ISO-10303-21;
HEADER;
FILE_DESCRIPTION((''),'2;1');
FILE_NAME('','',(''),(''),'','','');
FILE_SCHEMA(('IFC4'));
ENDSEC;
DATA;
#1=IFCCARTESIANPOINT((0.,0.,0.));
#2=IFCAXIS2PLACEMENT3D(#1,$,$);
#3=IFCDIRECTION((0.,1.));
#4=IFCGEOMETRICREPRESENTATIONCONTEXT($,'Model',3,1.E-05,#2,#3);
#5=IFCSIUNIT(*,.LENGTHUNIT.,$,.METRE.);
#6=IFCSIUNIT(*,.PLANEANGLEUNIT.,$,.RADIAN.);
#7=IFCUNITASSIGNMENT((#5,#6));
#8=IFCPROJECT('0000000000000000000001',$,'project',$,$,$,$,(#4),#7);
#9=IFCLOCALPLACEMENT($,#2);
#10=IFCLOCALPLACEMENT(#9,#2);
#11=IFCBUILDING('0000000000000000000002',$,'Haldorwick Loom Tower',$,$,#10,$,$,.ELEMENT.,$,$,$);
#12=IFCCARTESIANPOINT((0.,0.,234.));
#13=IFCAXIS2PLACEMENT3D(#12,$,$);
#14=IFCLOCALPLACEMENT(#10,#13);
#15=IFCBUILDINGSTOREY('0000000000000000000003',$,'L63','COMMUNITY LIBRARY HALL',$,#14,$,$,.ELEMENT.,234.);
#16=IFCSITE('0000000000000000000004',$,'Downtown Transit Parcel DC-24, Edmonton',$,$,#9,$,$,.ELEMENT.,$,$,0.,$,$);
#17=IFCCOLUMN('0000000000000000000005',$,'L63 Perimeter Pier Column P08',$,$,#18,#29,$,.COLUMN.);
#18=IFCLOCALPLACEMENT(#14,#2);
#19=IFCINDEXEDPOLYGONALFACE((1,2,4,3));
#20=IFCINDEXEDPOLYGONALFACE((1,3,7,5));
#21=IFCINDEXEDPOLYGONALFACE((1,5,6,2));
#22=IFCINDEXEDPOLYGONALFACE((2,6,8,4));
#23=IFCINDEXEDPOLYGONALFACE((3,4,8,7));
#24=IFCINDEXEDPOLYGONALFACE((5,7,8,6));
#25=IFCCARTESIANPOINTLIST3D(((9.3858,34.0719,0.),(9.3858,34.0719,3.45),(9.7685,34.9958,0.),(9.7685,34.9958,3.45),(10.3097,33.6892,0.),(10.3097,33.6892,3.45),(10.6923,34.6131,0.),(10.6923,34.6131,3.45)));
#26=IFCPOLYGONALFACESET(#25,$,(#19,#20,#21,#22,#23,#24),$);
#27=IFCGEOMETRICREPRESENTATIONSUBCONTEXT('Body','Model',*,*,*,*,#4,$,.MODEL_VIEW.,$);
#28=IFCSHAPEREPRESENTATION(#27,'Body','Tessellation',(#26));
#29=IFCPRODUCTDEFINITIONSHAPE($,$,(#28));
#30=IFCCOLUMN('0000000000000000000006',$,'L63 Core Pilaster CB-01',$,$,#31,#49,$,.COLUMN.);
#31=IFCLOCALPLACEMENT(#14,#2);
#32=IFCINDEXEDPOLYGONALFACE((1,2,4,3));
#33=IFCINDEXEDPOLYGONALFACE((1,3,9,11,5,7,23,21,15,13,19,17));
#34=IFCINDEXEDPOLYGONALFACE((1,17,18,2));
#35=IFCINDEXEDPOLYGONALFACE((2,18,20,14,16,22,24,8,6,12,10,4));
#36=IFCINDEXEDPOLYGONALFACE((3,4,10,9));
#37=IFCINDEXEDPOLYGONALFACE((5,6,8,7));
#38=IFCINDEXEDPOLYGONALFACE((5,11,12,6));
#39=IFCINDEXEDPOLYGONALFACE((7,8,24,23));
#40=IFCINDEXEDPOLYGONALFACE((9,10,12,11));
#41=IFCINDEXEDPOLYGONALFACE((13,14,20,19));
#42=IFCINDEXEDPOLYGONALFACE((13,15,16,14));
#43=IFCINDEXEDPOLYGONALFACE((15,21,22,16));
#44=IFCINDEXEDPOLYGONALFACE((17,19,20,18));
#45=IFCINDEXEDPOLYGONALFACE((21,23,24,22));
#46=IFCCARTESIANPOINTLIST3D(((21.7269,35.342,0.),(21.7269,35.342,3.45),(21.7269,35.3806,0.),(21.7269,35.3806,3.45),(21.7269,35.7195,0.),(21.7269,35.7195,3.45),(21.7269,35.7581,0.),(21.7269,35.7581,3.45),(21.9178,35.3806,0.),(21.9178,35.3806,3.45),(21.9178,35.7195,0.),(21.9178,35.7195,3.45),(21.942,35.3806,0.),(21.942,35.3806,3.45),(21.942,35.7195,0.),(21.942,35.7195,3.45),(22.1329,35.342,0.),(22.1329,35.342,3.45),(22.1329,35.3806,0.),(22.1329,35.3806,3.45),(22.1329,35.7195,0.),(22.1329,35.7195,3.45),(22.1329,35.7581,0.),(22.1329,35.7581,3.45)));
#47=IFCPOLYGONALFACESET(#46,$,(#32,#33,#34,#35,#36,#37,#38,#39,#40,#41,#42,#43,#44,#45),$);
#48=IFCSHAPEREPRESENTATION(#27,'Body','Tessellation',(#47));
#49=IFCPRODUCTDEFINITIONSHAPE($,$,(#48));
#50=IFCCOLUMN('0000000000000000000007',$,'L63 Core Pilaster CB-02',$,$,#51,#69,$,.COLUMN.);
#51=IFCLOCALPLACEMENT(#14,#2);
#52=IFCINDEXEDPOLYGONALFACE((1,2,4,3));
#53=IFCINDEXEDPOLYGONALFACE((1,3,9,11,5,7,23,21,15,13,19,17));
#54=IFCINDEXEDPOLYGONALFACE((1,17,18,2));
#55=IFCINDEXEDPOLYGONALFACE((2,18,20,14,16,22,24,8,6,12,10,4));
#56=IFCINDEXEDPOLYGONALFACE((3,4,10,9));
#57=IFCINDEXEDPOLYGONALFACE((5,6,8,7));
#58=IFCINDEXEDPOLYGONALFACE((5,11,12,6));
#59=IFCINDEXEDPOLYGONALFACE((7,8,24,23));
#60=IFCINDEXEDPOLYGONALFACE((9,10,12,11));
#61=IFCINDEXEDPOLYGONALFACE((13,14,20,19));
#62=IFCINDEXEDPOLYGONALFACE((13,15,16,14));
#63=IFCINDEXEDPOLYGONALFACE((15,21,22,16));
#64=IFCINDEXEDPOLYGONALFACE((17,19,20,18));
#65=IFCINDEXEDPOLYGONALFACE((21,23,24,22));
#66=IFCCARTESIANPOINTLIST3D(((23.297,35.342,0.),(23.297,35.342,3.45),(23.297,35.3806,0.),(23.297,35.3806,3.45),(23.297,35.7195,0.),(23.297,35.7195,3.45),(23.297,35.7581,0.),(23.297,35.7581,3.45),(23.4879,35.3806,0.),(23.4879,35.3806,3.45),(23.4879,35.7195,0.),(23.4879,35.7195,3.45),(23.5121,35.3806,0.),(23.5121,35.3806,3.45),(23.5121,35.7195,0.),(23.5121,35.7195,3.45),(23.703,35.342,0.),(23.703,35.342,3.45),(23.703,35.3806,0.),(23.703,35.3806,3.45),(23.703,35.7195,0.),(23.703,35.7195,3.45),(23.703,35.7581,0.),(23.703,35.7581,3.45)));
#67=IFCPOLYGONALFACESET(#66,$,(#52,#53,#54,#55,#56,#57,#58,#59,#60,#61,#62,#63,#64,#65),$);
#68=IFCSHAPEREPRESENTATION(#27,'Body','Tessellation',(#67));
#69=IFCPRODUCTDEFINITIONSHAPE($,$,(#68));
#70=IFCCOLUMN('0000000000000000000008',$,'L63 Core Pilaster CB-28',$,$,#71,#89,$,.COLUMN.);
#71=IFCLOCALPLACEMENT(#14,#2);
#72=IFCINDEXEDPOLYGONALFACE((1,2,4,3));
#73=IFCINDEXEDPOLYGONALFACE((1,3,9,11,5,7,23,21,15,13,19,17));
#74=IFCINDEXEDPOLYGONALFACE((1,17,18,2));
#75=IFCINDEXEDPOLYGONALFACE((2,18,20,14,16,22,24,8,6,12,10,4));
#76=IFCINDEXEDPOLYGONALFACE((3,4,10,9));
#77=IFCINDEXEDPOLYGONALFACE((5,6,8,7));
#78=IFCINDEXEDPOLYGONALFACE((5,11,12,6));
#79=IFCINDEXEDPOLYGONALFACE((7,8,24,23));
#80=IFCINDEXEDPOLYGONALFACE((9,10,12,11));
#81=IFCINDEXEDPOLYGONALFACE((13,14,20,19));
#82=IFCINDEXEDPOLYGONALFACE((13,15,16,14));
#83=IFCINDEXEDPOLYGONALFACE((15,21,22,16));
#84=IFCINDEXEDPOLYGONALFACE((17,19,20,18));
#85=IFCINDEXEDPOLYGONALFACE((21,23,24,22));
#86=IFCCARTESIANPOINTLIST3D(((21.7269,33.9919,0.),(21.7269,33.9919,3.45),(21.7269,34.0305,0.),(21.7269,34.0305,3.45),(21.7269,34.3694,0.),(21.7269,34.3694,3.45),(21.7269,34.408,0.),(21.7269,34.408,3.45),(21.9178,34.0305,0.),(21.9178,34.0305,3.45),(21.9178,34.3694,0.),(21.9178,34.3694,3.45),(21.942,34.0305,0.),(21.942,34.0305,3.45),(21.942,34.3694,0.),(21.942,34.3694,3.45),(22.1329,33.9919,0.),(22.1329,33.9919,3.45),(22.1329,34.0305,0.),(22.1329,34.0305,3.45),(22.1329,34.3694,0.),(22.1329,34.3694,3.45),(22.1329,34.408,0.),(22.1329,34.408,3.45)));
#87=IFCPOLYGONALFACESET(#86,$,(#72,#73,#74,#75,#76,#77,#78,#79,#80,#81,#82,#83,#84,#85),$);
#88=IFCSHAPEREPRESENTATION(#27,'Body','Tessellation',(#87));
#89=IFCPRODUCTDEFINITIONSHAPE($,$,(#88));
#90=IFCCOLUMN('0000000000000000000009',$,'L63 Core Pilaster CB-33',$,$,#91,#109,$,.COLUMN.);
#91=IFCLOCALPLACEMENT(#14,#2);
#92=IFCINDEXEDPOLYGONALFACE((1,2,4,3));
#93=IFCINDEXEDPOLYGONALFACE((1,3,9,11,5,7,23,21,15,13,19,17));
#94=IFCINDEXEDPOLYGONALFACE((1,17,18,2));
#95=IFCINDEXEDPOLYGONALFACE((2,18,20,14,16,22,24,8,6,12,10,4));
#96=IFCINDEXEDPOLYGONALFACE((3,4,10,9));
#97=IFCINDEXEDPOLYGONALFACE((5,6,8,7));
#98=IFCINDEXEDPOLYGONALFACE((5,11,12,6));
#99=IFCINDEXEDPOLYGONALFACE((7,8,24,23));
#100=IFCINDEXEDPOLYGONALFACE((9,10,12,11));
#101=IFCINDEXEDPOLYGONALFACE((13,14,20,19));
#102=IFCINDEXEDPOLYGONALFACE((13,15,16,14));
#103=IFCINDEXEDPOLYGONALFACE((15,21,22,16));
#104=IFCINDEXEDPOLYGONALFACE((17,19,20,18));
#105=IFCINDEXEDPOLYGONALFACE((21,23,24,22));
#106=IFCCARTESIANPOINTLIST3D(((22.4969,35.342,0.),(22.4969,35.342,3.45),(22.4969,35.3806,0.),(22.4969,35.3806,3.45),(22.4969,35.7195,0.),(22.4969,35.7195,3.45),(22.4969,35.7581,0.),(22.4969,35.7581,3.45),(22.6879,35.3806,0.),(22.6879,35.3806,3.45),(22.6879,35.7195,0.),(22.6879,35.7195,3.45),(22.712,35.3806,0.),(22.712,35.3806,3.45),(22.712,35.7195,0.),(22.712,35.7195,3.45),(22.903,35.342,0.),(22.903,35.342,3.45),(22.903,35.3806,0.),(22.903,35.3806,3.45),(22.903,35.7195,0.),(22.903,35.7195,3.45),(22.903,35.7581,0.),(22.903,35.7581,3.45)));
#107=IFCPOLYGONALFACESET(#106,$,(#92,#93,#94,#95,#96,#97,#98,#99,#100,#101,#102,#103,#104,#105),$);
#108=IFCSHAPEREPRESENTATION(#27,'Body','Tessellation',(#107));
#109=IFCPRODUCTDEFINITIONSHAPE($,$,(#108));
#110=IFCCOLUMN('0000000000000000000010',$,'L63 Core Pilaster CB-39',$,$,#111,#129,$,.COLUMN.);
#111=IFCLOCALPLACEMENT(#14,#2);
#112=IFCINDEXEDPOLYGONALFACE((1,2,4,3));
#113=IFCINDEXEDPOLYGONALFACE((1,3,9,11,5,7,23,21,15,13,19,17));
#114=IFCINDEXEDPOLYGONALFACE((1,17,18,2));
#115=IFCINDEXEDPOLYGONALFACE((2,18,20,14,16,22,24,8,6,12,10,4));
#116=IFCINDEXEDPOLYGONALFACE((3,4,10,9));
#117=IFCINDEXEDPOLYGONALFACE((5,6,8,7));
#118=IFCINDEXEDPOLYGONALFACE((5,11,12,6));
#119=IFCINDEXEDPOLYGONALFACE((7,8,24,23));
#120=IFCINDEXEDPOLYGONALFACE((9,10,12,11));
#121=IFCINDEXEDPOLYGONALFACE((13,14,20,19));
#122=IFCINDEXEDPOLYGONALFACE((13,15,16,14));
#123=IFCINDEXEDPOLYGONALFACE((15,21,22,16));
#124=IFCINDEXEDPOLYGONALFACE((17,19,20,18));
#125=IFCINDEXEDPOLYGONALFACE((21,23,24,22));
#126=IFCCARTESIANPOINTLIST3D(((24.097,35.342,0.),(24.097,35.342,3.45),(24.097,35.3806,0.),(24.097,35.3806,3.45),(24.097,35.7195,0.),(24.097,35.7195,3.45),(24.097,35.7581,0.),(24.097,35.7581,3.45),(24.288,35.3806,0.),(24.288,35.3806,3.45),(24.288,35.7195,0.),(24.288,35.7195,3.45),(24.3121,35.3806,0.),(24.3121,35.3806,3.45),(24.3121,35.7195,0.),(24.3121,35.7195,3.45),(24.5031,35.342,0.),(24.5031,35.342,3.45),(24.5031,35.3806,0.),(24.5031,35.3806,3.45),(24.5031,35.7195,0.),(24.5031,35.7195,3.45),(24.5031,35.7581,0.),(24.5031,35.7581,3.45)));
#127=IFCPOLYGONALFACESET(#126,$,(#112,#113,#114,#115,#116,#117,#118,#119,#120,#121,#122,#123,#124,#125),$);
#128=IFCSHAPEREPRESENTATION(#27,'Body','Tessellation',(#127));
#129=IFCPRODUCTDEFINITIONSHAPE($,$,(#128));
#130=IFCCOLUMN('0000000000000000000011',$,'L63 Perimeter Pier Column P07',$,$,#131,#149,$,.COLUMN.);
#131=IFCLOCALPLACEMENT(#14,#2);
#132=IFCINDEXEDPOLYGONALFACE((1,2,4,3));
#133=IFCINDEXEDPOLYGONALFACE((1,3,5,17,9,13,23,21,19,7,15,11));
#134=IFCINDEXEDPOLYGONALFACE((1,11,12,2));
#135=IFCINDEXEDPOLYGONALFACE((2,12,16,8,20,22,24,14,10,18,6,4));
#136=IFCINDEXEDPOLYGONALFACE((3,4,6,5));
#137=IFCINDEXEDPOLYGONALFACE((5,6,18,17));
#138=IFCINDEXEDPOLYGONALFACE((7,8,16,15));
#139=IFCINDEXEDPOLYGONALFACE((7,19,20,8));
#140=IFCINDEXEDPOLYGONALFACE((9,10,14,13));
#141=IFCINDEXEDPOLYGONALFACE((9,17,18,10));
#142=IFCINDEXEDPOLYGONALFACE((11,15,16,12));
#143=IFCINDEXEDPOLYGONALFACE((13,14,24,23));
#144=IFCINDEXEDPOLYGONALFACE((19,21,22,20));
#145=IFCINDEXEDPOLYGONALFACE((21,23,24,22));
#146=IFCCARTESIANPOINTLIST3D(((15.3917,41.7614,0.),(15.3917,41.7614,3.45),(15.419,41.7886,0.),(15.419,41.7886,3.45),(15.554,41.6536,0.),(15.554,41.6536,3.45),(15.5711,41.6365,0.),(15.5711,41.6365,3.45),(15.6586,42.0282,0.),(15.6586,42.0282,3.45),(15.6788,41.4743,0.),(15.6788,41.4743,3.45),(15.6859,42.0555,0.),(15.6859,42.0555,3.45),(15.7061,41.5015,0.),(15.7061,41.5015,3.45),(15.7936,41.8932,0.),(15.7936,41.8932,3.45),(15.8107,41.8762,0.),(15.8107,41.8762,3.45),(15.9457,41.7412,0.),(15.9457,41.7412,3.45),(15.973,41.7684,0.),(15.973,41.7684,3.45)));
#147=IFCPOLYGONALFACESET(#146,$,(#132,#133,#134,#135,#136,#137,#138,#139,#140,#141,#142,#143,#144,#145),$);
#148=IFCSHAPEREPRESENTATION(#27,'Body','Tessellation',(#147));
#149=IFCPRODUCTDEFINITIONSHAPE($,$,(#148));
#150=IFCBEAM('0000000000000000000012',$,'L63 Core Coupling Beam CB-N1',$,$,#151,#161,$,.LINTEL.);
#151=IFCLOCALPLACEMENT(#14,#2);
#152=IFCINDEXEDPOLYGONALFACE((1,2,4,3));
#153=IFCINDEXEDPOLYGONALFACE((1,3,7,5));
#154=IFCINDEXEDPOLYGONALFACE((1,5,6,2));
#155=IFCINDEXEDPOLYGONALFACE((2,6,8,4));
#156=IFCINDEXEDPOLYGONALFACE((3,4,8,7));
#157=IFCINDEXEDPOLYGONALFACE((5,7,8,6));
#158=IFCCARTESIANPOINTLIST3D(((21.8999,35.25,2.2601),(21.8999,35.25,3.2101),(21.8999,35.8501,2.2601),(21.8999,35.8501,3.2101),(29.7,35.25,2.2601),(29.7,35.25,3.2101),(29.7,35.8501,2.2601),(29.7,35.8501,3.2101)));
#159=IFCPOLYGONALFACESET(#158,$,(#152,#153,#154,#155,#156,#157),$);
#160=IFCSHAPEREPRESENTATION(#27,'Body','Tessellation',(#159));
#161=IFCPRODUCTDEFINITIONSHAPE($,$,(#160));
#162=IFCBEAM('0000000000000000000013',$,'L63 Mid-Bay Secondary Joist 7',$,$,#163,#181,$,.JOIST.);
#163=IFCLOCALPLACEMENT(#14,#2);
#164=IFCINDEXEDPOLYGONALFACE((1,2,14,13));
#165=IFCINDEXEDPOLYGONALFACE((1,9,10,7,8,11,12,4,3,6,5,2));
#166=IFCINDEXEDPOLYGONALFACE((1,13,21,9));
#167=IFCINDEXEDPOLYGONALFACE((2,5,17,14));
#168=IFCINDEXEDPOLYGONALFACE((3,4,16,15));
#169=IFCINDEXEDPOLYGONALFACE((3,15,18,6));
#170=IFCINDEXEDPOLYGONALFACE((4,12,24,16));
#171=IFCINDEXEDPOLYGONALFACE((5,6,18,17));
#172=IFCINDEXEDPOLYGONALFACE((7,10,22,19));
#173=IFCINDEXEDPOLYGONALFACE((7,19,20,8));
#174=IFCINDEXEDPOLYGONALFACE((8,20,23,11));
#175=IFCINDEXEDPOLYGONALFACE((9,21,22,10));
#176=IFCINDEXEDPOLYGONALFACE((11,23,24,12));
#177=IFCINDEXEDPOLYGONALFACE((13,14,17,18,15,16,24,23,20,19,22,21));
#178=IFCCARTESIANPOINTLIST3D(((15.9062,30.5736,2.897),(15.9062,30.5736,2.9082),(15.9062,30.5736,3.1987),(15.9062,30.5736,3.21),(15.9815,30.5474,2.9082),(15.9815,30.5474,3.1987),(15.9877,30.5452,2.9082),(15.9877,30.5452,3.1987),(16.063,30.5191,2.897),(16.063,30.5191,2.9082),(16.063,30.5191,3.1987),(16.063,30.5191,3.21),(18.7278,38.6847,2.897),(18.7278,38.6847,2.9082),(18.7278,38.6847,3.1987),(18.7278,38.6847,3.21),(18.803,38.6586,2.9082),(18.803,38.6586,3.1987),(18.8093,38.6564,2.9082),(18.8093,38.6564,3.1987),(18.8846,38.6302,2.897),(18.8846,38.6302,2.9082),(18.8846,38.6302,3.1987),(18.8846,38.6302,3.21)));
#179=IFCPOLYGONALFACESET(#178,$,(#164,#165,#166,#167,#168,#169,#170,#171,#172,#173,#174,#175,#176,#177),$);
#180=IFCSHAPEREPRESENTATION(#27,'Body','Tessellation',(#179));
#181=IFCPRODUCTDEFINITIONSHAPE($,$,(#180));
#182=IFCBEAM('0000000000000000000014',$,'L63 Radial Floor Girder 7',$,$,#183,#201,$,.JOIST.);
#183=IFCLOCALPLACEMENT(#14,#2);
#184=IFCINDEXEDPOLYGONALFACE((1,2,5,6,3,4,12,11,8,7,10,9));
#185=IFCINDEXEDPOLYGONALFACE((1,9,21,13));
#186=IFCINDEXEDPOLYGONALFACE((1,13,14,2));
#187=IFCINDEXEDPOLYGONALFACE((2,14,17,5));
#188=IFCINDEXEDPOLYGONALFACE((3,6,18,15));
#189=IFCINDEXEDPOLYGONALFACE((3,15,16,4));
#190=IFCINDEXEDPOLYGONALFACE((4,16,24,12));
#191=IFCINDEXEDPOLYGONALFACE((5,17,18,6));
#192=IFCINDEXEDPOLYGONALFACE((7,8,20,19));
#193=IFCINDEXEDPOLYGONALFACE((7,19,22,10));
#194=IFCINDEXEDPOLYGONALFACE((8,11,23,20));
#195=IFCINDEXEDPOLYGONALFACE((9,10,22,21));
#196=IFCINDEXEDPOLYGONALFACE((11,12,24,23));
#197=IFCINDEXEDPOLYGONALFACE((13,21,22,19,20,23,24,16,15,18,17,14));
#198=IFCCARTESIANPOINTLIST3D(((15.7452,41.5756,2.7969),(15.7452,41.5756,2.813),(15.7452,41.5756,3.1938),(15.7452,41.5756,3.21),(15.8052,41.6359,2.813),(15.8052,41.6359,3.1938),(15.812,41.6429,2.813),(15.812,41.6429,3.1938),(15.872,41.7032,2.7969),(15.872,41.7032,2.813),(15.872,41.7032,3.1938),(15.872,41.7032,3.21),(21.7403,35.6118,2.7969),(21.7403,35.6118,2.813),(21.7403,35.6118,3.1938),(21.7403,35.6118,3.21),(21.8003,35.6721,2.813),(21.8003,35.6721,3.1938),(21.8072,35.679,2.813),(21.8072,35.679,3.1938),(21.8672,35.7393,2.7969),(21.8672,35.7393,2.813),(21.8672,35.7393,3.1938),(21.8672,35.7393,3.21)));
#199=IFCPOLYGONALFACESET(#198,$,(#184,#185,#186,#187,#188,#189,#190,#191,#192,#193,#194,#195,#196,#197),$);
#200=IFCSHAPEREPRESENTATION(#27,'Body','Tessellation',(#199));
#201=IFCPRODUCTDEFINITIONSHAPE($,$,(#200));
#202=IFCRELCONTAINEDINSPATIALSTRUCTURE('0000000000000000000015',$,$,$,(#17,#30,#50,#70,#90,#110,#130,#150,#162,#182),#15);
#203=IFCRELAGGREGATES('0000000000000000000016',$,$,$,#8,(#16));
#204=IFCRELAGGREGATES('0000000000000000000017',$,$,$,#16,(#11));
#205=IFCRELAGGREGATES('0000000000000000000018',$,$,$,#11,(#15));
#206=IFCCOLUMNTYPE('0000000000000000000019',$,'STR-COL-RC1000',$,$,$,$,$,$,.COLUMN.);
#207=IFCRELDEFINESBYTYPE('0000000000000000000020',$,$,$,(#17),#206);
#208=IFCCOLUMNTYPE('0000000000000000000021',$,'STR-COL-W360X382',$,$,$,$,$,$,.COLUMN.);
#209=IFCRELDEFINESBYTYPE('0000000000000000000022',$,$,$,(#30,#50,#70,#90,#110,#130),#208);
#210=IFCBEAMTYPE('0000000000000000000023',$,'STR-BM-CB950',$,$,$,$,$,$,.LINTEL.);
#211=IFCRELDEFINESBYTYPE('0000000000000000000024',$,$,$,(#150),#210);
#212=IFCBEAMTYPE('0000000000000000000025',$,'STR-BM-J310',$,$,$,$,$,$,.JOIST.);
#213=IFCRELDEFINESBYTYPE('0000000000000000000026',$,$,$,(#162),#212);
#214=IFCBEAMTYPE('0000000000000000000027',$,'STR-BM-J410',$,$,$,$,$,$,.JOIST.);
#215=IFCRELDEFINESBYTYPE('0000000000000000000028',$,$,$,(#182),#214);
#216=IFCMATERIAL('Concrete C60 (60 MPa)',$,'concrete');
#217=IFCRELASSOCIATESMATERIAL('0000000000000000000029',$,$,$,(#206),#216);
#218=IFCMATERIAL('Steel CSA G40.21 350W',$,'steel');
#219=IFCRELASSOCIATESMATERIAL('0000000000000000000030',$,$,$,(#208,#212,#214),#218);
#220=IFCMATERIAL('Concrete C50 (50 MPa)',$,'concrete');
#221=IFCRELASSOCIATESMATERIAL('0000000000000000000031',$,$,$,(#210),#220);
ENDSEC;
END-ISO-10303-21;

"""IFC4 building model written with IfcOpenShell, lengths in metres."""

from ifc_helpers import new_model, si_unit, direction, frame, origin, origin_2d, place, context, subcontext, project, spatial, rectangle, i_section, extrude, material, material_profile, profile_set, type_object, element, save


model = new_model("IFC4")

# Units and contexts
model_context = context("Model", 3, precision=1e-05, world=origin(), true_north=direction((0.0, 1.0)))
body_context = subcontext(model_context, "Body", "Model", "MODEL_VIEW")
ifc_project = project(units=[si_unit("LENGTHUNIT", "METRE"), si_unit("PLANEANGLEUNIT", "RADIAN")], contexts=[model_context])

# Site, building, storey
site_placement = place(None, origin())
site = spatial("IfcSite", under=ifc_project, at=site_placement, Name="Downtown Transit Parcel DC-24, Edmonton", CompositionType="ELEMENT", RefElevation=0.0)
building_placement = place(site_placement, origin())
building = spatial("IfcBuilding", under=site, at=building_placement, Name="Haldorwick Loom Tower", CompositionType="ELEMENT")
storey_placement = place(building_placement, frame((0.0, 0.0, 234.0)))
storey = spatial("IfcBuildingStorey", under=building, at=storey_placement, Name="L63", Description="COMMUNITY LIBRARY HALL", CompositionType="ELEMENT", Elevation=234.0)

# Columns
ifc_material_1 = material(Name="Concrete C60 (60 MPa)", Category="concrete")
ifc_material_profile_1 = material_profile(ifc_material_1, rectangle(XDim=1.0, YDim=1.0, at=origin_2d()), Name="RC1000X1000", Category="concrete")
ifc_profile_set_1 = profile_set([ifc_material_profile_1], Name="Concrete C60 (60 MPa)")
column_type_1 = type_object("IfcColumnType", Name="STR-COL-RC1000", PredefinedType="COLUMN", material=ifc_profile_set_1)
column_placement = place(storey_placement, frame((10.0391, 34.3425, 0.0), z_axis=(0.0, 0.0, 1.0), x_axis=(-0.92388, 0.382683, 0.0)))
element("IfcColumn", 1, at=column_placement, inside=storey, type_object=column_type_1, Name="L63 Perimeter Pier Column P08", PredefinedType="COLUMN", context=body_context, shape_type="SweptSolid", body=[
    extrude(rectangle(XDim=1.0, YDim=1.0, at=origin_2d()), origin(), (0.0, 0.0, 1.0), 3.45),
])
ifc_material_2 = material(Name="Steel CSA G40.21 350W", Category="steel")
ifc_material_profile_2 = material_profile(ifc_material_2, i_section(OverallWidth=0.406, OverallDepth=0.416, WebThickness=0.0242, FlangeThickness=0.0386, at=origin_2d()), Name="W360X382", Category="steel")
ifc_profile_set_2 = profile_set([ifc_material_profile_2], Name="Steel CSA G40.21 350W")
column_type_2 = type_object("IfcColumnType", Name="STR-COL-W360X382", PredefinedType="COLUMN", material=ifc_profile_set_2)
for number, where, z_axis, x_axis, name in (
    (2, (21.9299, 35.55, 0.0), (0.0, 0.0, 1.0), (1.0, 0.0, 0.0), "L63 Core Pilaster CB-01"),
    (3, (23.5, 35.55, 0.0), (0.0, 0.0, 1.0), (1.0, 0.0, 0.0), "L63 Core Pilaster CB-02"),
    (4, (21.9299, 34.2, 0.0), (0.0, 0.0, 1.0), (1.0, 0.0, 0.0), "L63 Core Pilaster CB-28"),
    (5, (22.7, 35.55, 0.0), (0.0, 0.0, 1.0), (1.0, 0.0, 0.0), "L63 Core Pilaster CB-33"),
    (6, (24.3, 35.55, 0.0), (0.0, 0.0, 1.0), (1.0, 0.0, 0.0), "L63 Core Pilaster CB-39"),
    (7, (15.6824, 41.7649, 0.0), (0.0, 0.0, 1.0), (-0.707107, 0.707107, 0.0), "L63 Perimeter Pier Column P07"),
):
    element("IfcColumn", number, at=place(storey_placement, frame(where, z_axis=z_axis, x_axis=x_axis)), inside=storey, type_object=column_type_2, Name=name, PredefinedType="COLUMN", context=body_context, shape_type="SweptSolid", body=[
        extrude(i_section(OverallWidth=0.406, OverallDepth=0.416, WebThickness=0.0242, FlangeThickness=0.0386, at=origin_2d()), origin(), (0.0, 0.0, 1.0), 3.45),
    ])

# Beams
ifc_material_3 = material(Name="Concrete C50 (50 MPa)", Category="concrete")
ifc_material_profile_3 = material_profile(ifc_material_3, rectangle(XDim=0.6001, YDim=0.95, at=origin_2d()), Name="RC600X950", Category="concrete")
ifc_profile_set_3 = profile_set([ifc_material_profile_3], Name="Concrete C50 (50 MPa)")
beam_type_1 = type_object("IfcBeamType", Name="STR-BM-CB950", PredefinedType="LINTEL", material=ifc_profile_set_3)
beam_1_placement = place(storey_placement, frame((21.8999, 35.55, 2.7351), z_axis=(1.0, 0.0, 0.0), x_axis=(0.0, 1.0, 0.0)))
element("IfcBeam", 8, at=beam_1_placement, inside=storey, type_object=beam_type_1, Name="L63 Core Coupling Beam CB-N1", PredefinedType="LINTEL", context=body_context, shape_type="SweptSolid", body=[
    extrude(rectangle(XDim=0.6001, YDim=0.95, at=origin_2d()), origin(), (0.0, 0.0, 1.0), 7.8),
])
ifc_material_profile_4 = material_profile(ifc_material_2, i_section(OverallWidth=0.166, OverallDepth=0.313, WebThickness=0.0066, FlangeThickness=0.0112, at=origin_2d()), Name="W310X45", Category="steel")
ifc_profile_set_4 = profile_set([ifc_material_profile_4], Name="Steel CSA G40.21 350W")
beam_type_2 = type_object("IfcBeamType", Name="STR-BM-J310", PredefinedType="JOIST", material=ifc_profile_set_4)
beam_2_placement = place(storey_placement, frame((18.8062, 38.6575, 3.0535), z_axis=(-0.32855, -0.944486, 0.0), x_axis=(0.944486, -0.32855, 0.0)))
element("IfcBeam", 9, at=beam_2_placement, inside=storey, type_object=beam_type_2, Name="L63 Mid-Bay Secondary Joist 7", PredefinedType="JOIST", context=body_context, shape_type="SweptSolid", body=[
    extrude(i_section(OverallWidth=0.166, OverallDepth=0.313, WebThickness=0.0066, FlangeThickness=0.0112, at=origin_2d()), origin(), (0.0, 0.0, 1.0), 8.5879),
])
ifc_material_profile_5 = material_profile(ifc_material_2, i_section(OverallWidth=0.1799, OverallDepth=0.4131, WebThickness=0.0098, FlangeThickness=0.0161, at=origin_2d()), Name="W410X74", Category="steel")
ifc_profile_set_5 = profile_set([ifc_material_profile_5], Name="Steel CSA G40.21 350W")
beam_type_3 = type_object("IfcBeamType", Name="STR-BM-J410", PredefinedType="JOIST", material=ifc_profile_set_5)
beam_3_placement = place(storey_placement, frame((21.8037, 35.6755, 3.0034), z_axis=(-0.708952, 0.705257, 0.0), x_axis=(-0.705257, -0.708952, 0.0)))
element("IfcBeam", 10, at=beam_3_placement, inside=storey, type_object=beam_type_3, Name="L63 Radial Floor Girder 7", PredefinedType="JOIST", context=body_context, shape_type="SweptSolid", body=[
    extrude(i_section(OverallWidth=0.1799, OverallDepth=0.4131, WebThickness=0.0098, FlangeThickness=0.0161, at=origin_2d()), origin(), (0.0, 0.0, 1.0), 8.4563),
])

save(model, "model.ifc")
